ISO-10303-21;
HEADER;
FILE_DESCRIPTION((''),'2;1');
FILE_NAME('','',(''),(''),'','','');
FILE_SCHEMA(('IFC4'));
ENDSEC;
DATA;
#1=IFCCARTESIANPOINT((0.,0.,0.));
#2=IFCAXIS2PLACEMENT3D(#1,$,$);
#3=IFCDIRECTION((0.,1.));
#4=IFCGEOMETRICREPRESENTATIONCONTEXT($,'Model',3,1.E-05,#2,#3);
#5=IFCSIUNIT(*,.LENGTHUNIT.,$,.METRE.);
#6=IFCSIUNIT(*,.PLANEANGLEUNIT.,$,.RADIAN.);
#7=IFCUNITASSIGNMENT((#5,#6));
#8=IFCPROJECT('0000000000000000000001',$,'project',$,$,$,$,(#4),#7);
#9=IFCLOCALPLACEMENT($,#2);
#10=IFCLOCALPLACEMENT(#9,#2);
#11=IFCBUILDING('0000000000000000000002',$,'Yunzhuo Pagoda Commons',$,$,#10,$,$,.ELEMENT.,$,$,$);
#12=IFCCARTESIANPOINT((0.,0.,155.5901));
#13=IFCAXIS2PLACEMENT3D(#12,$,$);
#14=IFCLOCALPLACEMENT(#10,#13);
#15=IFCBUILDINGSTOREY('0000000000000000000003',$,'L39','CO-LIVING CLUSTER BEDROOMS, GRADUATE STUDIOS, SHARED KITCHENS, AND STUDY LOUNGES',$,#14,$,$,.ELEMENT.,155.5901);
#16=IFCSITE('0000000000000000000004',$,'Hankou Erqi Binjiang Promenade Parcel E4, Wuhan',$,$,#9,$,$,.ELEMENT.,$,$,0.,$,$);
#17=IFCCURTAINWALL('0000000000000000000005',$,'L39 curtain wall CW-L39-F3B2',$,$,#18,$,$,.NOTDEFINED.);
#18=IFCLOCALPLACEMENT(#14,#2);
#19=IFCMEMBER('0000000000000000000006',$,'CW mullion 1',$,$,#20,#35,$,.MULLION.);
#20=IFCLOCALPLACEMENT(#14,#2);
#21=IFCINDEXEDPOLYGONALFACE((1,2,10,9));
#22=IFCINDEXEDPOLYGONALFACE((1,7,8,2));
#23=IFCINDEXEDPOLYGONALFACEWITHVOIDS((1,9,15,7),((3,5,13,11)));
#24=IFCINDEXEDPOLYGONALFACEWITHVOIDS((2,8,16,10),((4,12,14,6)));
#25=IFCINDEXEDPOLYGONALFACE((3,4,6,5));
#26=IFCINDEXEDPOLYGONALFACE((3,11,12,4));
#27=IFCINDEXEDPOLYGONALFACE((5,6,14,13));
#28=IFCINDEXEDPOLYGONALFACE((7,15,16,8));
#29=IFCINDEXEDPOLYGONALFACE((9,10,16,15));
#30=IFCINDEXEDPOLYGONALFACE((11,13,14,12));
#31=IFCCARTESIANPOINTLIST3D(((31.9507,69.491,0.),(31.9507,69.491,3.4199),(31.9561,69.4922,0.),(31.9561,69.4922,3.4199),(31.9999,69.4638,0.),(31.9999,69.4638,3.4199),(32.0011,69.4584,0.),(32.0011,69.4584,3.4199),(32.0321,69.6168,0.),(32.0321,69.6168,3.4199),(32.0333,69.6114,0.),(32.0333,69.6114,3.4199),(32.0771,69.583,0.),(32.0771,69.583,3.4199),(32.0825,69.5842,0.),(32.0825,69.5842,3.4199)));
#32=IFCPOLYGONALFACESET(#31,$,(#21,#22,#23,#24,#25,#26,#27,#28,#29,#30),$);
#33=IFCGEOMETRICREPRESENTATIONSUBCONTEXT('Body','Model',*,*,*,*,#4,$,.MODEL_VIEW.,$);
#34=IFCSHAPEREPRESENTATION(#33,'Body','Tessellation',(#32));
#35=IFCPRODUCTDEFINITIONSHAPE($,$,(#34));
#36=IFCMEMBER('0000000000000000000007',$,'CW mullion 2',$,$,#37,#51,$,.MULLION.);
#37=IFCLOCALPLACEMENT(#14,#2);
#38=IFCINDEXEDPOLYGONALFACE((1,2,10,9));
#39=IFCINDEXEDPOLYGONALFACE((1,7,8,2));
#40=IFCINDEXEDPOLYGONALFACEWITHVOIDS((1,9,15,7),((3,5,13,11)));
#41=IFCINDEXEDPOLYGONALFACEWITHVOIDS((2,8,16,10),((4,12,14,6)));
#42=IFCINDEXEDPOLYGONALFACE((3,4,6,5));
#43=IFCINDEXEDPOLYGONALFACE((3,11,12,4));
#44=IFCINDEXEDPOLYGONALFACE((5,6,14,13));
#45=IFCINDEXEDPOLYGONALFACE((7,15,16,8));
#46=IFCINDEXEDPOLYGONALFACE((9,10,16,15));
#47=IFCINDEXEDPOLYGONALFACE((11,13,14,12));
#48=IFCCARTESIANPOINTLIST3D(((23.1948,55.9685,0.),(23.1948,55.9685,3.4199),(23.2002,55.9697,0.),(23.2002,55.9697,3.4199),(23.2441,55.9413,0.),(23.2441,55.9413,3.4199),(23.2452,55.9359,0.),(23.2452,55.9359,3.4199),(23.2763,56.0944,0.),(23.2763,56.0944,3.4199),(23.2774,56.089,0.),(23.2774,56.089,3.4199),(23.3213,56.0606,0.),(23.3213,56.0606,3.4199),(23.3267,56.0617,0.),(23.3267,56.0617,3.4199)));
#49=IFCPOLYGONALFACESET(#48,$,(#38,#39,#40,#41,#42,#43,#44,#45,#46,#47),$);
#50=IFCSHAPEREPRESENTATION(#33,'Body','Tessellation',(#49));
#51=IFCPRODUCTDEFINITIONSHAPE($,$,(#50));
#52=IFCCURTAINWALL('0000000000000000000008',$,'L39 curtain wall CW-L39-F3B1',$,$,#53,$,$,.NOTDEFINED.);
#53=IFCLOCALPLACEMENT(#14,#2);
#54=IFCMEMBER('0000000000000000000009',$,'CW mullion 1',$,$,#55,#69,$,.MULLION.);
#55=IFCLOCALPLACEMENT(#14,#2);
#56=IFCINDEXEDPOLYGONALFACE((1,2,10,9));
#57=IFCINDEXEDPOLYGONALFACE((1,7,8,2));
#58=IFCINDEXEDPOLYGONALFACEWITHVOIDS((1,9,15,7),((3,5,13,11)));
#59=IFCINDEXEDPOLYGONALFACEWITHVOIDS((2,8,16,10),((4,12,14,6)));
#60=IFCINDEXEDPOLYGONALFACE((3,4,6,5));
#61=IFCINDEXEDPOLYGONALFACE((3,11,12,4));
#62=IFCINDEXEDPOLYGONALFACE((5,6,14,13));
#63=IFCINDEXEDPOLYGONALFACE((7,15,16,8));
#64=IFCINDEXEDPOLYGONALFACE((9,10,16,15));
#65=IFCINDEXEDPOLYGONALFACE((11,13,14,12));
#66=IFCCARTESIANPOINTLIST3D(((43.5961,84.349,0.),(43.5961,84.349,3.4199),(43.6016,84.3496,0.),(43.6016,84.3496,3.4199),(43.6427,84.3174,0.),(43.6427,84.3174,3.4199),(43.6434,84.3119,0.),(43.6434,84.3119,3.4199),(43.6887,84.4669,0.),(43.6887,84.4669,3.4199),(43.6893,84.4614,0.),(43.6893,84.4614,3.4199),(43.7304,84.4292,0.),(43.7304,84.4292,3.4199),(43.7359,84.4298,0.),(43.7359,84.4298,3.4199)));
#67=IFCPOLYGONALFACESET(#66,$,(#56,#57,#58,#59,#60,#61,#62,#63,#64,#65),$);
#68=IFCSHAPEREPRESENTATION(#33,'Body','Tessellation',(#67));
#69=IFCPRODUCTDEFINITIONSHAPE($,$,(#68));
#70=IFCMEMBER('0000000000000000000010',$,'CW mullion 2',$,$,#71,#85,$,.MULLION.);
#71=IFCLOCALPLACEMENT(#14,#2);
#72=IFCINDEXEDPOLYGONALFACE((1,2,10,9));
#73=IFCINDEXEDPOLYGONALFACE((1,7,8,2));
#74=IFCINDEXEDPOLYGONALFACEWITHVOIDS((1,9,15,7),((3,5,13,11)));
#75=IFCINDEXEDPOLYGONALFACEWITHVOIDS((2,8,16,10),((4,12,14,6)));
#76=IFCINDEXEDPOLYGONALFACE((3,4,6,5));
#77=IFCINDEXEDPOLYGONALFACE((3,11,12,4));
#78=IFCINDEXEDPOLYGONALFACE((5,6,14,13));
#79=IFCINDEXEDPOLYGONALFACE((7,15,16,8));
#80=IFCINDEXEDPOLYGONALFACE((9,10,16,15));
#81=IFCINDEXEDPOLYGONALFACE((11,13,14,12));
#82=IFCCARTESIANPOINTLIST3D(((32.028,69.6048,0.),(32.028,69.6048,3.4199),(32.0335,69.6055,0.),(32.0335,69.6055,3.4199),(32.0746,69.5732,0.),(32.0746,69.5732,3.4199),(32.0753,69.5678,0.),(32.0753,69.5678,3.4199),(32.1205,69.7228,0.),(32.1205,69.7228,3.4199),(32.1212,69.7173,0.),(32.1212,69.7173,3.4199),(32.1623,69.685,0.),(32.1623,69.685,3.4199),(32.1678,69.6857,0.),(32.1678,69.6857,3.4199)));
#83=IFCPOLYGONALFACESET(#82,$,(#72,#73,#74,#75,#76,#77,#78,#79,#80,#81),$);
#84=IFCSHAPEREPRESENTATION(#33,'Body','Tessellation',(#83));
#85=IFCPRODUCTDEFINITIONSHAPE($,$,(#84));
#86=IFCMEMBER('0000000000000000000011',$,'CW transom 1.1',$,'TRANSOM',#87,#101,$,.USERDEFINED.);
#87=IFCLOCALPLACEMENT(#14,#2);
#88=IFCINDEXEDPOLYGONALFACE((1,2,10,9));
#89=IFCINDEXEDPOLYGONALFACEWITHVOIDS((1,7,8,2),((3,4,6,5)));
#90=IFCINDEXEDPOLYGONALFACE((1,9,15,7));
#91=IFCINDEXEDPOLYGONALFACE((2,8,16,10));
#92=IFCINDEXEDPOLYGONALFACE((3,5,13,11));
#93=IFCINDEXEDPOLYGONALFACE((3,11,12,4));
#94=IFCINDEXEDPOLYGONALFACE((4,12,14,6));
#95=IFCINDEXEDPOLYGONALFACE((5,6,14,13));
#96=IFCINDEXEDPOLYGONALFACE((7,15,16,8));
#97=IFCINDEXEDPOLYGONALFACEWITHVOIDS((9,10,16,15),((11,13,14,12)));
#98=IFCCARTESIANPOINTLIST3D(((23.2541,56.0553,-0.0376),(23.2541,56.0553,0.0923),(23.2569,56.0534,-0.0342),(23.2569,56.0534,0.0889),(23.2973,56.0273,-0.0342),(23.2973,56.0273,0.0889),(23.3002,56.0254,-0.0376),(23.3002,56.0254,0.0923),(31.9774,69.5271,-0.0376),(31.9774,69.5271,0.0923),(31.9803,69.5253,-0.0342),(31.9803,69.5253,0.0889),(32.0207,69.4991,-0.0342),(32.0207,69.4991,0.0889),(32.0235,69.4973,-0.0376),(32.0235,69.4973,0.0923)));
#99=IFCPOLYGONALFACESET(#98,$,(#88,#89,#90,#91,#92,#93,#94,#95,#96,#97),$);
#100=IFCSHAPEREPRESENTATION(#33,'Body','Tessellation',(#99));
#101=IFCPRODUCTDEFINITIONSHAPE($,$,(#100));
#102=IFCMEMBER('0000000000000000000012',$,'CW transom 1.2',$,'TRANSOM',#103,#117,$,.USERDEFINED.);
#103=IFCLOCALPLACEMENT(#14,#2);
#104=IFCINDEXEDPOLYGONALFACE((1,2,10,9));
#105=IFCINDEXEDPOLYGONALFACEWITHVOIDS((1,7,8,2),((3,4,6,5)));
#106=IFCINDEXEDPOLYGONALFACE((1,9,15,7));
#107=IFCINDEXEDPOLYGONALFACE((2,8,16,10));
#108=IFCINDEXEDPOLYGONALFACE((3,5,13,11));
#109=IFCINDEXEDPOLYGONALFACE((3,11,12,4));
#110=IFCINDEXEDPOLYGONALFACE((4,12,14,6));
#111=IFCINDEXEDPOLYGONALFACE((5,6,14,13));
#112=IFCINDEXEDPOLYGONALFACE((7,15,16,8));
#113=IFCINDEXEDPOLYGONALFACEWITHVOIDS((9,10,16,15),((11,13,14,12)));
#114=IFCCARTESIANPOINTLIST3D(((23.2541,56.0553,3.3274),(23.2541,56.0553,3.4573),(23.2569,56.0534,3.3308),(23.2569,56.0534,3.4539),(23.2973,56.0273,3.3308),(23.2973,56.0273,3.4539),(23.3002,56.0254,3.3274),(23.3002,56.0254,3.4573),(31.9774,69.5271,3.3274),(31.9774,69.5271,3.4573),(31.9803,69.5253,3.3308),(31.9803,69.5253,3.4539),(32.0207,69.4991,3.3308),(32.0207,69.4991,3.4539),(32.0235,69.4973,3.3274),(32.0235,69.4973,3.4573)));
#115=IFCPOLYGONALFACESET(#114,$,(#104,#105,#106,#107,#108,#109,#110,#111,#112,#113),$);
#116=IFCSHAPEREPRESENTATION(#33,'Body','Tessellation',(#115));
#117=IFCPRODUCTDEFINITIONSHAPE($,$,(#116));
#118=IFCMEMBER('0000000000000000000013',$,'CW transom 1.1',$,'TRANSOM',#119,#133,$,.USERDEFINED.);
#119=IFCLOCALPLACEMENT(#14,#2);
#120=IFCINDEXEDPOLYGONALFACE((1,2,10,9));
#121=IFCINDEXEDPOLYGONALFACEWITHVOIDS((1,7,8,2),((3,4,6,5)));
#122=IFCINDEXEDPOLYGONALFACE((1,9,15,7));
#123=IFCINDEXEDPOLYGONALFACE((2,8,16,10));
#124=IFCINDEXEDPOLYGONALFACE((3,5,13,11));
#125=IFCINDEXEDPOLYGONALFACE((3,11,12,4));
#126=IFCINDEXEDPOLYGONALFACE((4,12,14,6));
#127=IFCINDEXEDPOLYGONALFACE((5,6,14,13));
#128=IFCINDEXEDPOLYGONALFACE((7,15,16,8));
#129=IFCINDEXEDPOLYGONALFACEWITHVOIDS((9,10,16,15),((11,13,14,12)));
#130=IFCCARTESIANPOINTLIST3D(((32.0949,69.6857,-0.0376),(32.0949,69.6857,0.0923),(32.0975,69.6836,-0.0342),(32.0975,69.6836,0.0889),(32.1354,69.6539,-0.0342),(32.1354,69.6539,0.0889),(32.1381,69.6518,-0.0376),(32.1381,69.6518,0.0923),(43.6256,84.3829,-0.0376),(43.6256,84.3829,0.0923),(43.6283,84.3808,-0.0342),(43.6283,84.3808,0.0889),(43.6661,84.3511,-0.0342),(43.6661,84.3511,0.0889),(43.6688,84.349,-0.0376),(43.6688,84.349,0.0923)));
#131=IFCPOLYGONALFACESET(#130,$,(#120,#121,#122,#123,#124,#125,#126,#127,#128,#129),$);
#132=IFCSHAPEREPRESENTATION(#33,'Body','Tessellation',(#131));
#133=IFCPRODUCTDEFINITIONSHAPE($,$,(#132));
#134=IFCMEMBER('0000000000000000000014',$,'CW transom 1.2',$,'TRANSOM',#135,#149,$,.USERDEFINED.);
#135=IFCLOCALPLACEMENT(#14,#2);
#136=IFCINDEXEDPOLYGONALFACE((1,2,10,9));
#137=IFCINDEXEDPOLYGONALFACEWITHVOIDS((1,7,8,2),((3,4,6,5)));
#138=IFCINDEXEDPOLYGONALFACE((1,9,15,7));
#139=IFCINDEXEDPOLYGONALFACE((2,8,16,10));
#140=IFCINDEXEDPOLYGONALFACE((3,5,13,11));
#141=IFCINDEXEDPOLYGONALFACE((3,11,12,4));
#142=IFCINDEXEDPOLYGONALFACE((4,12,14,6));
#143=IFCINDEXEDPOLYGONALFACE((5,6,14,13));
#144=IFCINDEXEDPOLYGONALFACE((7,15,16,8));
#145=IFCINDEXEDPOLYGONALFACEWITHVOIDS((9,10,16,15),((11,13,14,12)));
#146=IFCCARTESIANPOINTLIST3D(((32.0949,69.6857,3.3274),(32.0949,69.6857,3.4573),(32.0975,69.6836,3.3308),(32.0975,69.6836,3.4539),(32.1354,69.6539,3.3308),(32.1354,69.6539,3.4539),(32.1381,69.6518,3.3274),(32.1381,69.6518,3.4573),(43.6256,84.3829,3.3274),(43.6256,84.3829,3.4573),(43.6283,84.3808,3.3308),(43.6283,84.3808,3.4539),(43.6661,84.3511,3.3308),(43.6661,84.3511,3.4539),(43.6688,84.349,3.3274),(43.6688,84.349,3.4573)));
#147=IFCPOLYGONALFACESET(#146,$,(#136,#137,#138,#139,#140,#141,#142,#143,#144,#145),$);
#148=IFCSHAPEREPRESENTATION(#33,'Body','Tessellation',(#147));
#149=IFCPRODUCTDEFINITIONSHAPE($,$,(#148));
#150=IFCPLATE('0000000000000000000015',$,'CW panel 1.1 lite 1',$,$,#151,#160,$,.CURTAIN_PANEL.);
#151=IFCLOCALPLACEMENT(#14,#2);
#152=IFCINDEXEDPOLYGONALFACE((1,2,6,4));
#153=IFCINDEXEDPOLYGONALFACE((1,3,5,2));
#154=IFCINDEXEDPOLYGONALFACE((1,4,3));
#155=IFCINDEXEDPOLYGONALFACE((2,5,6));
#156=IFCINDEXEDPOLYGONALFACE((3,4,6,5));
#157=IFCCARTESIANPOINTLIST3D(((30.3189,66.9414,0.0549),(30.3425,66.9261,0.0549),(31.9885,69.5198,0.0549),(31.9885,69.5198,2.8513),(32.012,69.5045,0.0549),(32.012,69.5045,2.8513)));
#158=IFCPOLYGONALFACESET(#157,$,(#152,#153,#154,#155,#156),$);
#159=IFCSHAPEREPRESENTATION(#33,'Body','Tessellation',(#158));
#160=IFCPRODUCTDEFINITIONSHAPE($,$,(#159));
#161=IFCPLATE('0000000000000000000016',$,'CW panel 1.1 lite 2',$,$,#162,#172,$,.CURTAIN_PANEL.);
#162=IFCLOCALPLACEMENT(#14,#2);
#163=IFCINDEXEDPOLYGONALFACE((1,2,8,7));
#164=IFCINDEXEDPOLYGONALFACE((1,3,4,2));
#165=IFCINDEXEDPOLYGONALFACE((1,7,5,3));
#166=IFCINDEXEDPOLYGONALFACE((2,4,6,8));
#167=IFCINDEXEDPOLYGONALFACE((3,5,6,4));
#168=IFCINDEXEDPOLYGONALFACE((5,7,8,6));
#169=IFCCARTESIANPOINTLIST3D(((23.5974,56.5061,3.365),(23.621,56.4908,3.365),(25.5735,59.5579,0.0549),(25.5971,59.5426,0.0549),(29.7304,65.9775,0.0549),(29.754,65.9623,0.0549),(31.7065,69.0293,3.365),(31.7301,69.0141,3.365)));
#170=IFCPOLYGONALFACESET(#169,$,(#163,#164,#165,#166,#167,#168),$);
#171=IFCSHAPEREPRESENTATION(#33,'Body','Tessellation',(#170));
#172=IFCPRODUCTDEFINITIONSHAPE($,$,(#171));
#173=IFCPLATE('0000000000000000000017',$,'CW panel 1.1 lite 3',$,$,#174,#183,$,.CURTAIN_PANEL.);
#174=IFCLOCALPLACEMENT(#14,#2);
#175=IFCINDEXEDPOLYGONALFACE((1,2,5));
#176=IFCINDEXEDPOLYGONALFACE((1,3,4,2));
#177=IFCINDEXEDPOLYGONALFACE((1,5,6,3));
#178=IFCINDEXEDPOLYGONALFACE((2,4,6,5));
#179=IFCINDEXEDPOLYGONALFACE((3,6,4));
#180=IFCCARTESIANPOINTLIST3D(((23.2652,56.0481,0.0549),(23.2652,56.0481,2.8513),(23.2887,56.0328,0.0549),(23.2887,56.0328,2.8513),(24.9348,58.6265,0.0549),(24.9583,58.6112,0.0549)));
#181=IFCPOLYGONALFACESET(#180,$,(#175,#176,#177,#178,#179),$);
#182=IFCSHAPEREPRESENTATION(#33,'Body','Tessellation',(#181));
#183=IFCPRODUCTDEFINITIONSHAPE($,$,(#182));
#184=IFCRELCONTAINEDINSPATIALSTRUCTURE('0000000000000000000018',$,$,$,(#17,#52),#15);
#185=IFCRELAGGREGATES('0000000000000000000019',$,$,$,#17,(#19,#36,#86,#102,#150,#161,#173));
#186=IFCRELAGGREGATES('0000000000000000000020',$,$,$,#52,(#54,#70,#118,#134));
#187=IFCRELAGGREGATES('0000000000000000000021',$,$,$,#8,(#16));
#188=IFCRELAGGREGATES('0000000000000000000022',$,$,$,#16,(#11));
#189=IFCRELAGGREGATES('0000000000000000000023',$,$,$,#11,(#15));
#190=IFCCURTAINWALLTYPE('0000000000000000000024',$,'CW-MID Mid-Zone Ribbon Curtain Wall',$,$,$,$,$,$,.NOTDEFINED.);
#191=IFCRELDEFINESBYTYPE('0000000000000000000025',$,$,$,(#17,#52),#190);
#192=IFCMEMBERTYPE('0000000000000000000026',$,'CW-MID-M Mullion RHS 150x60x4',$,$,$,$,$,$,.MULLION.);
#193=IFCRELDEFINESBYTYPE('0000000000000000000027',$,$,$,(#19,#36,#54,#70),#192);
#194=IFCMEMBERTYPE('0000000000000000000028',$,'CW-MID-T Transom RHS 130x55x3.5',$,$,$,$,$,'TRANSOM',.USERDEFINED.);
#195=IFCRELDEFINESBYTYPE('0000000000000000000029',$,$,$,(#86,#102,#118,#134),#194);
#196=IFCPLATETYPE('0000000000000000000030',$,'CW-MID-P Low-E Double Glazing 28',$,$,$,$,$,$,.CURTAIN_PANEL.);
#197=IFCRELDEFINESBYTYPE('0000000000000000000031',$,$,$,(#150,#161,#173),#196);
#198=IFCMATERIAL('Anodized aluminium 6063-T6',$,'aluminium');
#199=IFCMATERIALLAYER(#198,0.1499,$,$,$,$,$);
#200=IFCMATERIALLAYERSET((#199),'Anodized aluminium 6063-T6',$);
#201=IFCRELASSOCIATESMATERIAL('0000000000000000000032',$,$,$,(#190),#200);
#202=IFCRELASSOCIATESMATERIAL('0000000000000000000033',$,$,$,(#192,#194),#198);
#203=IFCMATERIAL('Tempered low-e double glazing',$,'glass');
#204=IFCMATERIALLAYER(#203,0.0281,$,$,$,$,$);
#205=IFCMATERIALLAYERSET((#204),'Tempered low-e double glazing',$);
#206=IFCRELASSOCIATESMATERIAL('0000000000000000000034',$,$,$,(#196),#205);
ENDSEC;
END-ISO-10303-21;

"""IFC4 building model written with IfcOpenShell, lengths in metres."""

from ifc_helpers import new_model, si_unit, direction, frame, origin, origin_2d, place, context, subcontext, project, spatial, polyline, hollow_rectangle, outline, extrude, source, transform, mapped, material, layer, layer_set, material_profile, profile_set, type_object, element, aggregate, save


model = new_model("IFC4")

# Units and contexts
model_context = context("Model", 3, precision=1e-05, world=origin(), true_north=direction((0.0, 1.0)))
body_context = subcontext(model_context, "Body", "Model", "MODEL_VIEW")
ifc_project = project(units=[si_unit("LENGTHUNIT", "METRE"), si_unit("PLANEANGLEUNIT", "RADIAN")], contexts=[model_context])

# Site, building, storey
site_placement = place(None, origin())
site = spatial("IfcSite", under=ifc_project, at=site_placement, Name="Hankou Erqi Binjiang Promenade Parcel E4, Wuhan", CompositionType="ELEMENT", RefElevation=0.0)
building_placement = place(site_placement, origin())
building = spatial("IfcBuilding", under=site, at=building_placement, Name="Yunzhuo Pagoda Commons", CompositionType="ELEMENT")
storey_placement = place(building_placement, frame((0.0, 0.0, 155.5901)))
storey = spatial("IfcBuildingStorey", under=building, at=storey_placement, Name="L39", Description="CO-LIVING CLUSTER BEDROOMS, GRADUATE STUDIOS, SHARED KITCHENS, AND STUDY LOUNGES", CompositionType="ELEMENT", Elevation=155.5901)

# Curtain walls, members
ifc_material_1 = material(Name="Anodized aluminium 6063-T6", Category="aluminium")
ifc_layer_1 = layer(ifc_material_1, 0.1499)
ifc_layer_set_1 = layer_set([ifc_layer_1], Name="Anodized aluminium 6063-T6")
curtain_wall_type = type_object("IfcCurtainWallType", Name="CW-MID Mid-Zone Ribbon Curtain Wall", PredefinedType="NOTDEFINED", material=ifc_layer_set_1)
curtain_wall_1_placement = place(storey_placement, origin())
curtain_wall_1 = element("IfcCurtainWall", 1, at=curtain_wall_1_placement, inside=storey, type_object=curtain_wall_type, Name="L39 curtain wall CW-L39-F3B2", PredefinedType="NOTDEFINED")
ifc_material_profile_1 = material_profile(ifc_material_1, hollow_rectangle(XDim=0.0601, YDim=0.1499, WallThickness=0.0039, at=origin_2d()), Name="Anodized aluminium 6063-T6")
ifc_profile_set_1 = profile_set([ifc_material_profile_1], Name="Anodized aluminium 6063-T6")
member_type_1 = type_object("IfcMemberType", Name="CW-MID-M Mullion RHS 150x60x4", PredefinedType="MULLION", material=ifc_profile_set_1)
shared_shape_1 = source(origin(), body_context, "Body", "SweptSolid", [
    extrude(hollow_rectangle(XDim=0.0601, YDim=0.1499, WallThickness=0.0039, at=origin_2d()), origin(), (0.0, 0.0, 1.0), 3.4199),
])
member_1_placement = place(storey_placement, frame((32.0166, 69.5376, 0.0), z_axis=(0.0, 0.0, 1.0), x_axis=(0.839393, -0.543526, 0.0)))
member_1 = element("IfcMember", 2, at=member_1_placement, type_object=member_type_1, Name="CW mullion 1", PredefinedType="MULLION", context=body_context, shape_type="MappedRepresentation", body=[
    mapped(shared_shape_1, transform((0.0, 0.0, 0.0), scale=1.0)),
])
member_2_placement = place(storey_placement, frame((23.2607, 56.0151, 0.0), z_axis=(0.0, 0.0, 1.0), x_axis=(0.839393, -0.543526, 0.0)))
member_2 = element("IfcMember", 3, at=member_2_placement, type_object=member_type_1, Name="CW mullion 2", PredefinedType="MULLION", context=body_context, shape_type="MappedRepresentation", body=[
    mapped(shared_shape_1, transform((0.0, 0.0, 0.0), scale=1.0)),
])
curtain_wall_2_placement = place(storey_placement, origin())
curtain_wall_2 = element("IfcCurtainWall", 4, at=curtain_wall_2_placement, inside=storey, type_object=curtain_wall_type, Name="L39 curtain wall CW-L39-F3B1", PredefinedType="NOTDEFINED")
member_3_placement = place(storey_placement, frame((43.666, 84.3894, 0.0), z_axis=(0.0, 0.0, 1.0), x_axis=(0.786759, -0.61726, 0.0)))
member_3 = element("IfcMember", 5, at=member_3_placement, type_object=member_type_1, Name="CW mullion 1", PredefinedType="MULLION", context=body_context, shape_type="MappedRepresentation", body=[
    mapped(shared_shape_1, transform((0.0, 0.0, 0.0), scale=1.0)),
])
member_4_placement = place(storey_placement, frame((32.0979, 69.6453, 0.0), z_axis=(0.0, 0.0, 1.0), x_axis=(0.786759, -0.61726, 0.0)))
member_4 = element("IfcMember", 6, at=member_4_placement, type_object=member_type_1, Name="CW mullion 2", PredefinedType="MULLION", context=body_context, shape_type="MappedRepresentation", body=[
    mapped(shared_shape_1, transform((0.0, 0.0, 0.0), scale=1.0)),
])

# Members
ifc_material_profile_2 = material_profile(ifc_material_1, hollow_rectangle(XDim=0.0549, YDim=0.1299, WallThickness=0.0034, at=origin_2d()), Name="Anodized aluminium 6063-T6")
ifc_profile_set_2 = profile_set([ifc_material_profile_2], Name="Anodized aluminium 6063-T6")
member_type_2 = type_object("IfcMemberType", Name="CW-MID-T Transom RHS 130x55x3.5", ElementType="TRANSOM", PredefinedType="USERDEFINED", material=ifc_profile_set_2)
shared_shape_2 = source(origin(), body_context, "Body", "SweptSolid", [
    extrude(hollow_rectangle(XDim=0.0549, YDim=0.1299, WallThickness=0.0034, at=origin_2d()), origin(), (0.0, 0.0, 1.0), 16.0496),
])
member_5_placement = place(storey_placement, frame((32.0005, 69.5122, 0.0273), z_axis=(-0.543526, -0.839392, 0.0), x_axis=(0.839392, -0.543526, 0.0)))
member_5 = element("IfcMember", 7, at=member_5_placement, type_object=member_type_2, Name="CW transom 1.1", ObjectType="TRANSOM", PredefinedType="USERDEFINED", context=body_context, shape_type="MappedRepresentation", body=[
    mapped(shared_shape_2, transform((0.0, 0.0, 0.0), scale=1.0)),
])
member_6_placement = place(storey_placement, frame((32.0005, 69.5122, 3.3923), z_axis=(-0.543526, -0.839392, 0.0), x_axis=(0.839392, -0.543526, 0.0)))
member_6 = element("IfcMember", 8, at=member_6_placement, type_object=member_type_2, Name="CW transom 1.2", ObjectType="TRANSOM", PredefinedType="USERDEFINED", context=body_context, shape_type="MappedRepresentation", body=[
    mapped(shared_shape_2, transform((0.0, 0.0, 0.0), scale=1.0)),
])
shared_shape_3 = source(origin(), body_context, "Body", "SweptSolid", [
    extrude(hollow_rectangle(XDim=0.0549, YDim=0.1299, WallThickness=0.0034, at=origin_2d()), origin(), (0.0, 0.0, 1.0), 18.6807),
])
member_7_placement = place(storey_placement, frame((43.6472, 84.366, 0.0273), z_axis=(-0.617256, -0.786763, 0.0), x_axis=(0.786763, -0.617256, 0.0)))
member_7 = element("IfcMember", 9, at=member_7_placement, type_object=member_type_2, Name="CW transom 1.1", ObjectType="TRANSOM", PredefinedType="USERDEFINED", context=body_context, shape_type="MappedRepresentation", body=[
    mapped(shared_shape_3, transform((0.0, 0.0, 0.0), scale=1.0)),
])
member_8_placement = place(storey_placement, frame((43.6472, 84.366, 3.3923), z_axis=(-0.617256, -0.786763, 0.0), x_axis=(0.786763, -0.617256, 0.0)))
member_8 = element("IfcMember", 10, at=member_8_placement, type_object=member_type_2, Name="CW transom 1.2", ObjectType="TRANSOM", PredefinedType="USERDEFINED", context=body_context, shape_type="MappedRepresentation", body=[
    mapped(shared_shape_3, transform((0.0, 0.0, 0.0), scale=1.0)),
])

# Plates
ifc_material_2 = material(Name="Tempered low-e double glazing", Category="glass")
ifc_layer_2 = layer(ifc_material_2, 0.0281)
ifc_layer_set_2 = layer_set([ifc_layer_2], Name="Tempered low-e double glazing")
plate_type_1 = type_object("IfcPlateType", Name="CW-MID-P Low-E Double Glazing 28", PredefinedType="CURTAIN_PANEL", material=ifc_layer_set_2)
plate_1_placement = place(storey_placement, frame((31.1772, 68.2153, 1.4531), z_axis=(-0.839393, 0.543526, 0.0), x_axis=(-0.543526, -0.839393, 0.0)))
plate_1 = element("IfcPlate", 11, at=plate_1_placement, type_object=plate_type_1, Name="CW panel 1.1 lite 1", PredefinedType="CURTAIN_PANEL", context=body_context, shape_type="SweptSolid", body=[
    extrude(outline(polyline([(-1.5359, -1.3982), (1.5359, -1.3982), (-1.5359, 1.3982), (-1.5359, -1.3982)])), origin(), (0.0, 0.0, 1.0), 0.0281),
])
plate_2_placement = place(storey_placement, frame((27.6755, 62.7524, 1.71), z_axis=(-0.839393, 0.543526, 0.0), x_axis=(-0.543526, -0.839393, 0.0)))
plate_2 = element("IfcPlate", 12, at=plate_2_placement, type_object=plate_type_1, Name="CW panel 1.1 lite 2", PredefinedType="CURTAIN_PANEL", context=body_context, shape_type="SweptSolid", body=[
    extrude(outline(polyline([(-7.4597, 1.655), (-3.824, -1.655), (3.824, -1.655), (7.4597, 1.655), (-7.4597, 1.655)])), origin(), (0.0, 0.0, 1.0), 0.0281),
])
plate_3_placement = place(storey_placement, frame((24.1235, 57.322, 1.4531), z_axis=(-0.839393, 0.543526, 0.0), x_axis=(-0.543526, -0.839393, 0.0)))
plate_3 = element("IfcPlate", 13, at=plate_3_placement, type_object=plate_type_1, Name="CW panel 1.1 lite 3", PredefinedType="CURTAIN_PANEL", context=body_context, shape_type="SweptSolid", body=[
    extrude(outline(polyline([(-1.5359, -1.3982), (1.5359, -1.3982), (1.5359, 1.3982), (-1.5359, -1.3982)])), origin(), (0.0, 0.0, 1.0), 0.0281),
])
aggregate(curtain_wall_1, [member_1, member_2, member_5, member_6, plate_1, plate_2, plate_3])
aggregate(curtain_wall_2, [member_3, member_4, member_7, member_8])

save(model, "model.ifc")
